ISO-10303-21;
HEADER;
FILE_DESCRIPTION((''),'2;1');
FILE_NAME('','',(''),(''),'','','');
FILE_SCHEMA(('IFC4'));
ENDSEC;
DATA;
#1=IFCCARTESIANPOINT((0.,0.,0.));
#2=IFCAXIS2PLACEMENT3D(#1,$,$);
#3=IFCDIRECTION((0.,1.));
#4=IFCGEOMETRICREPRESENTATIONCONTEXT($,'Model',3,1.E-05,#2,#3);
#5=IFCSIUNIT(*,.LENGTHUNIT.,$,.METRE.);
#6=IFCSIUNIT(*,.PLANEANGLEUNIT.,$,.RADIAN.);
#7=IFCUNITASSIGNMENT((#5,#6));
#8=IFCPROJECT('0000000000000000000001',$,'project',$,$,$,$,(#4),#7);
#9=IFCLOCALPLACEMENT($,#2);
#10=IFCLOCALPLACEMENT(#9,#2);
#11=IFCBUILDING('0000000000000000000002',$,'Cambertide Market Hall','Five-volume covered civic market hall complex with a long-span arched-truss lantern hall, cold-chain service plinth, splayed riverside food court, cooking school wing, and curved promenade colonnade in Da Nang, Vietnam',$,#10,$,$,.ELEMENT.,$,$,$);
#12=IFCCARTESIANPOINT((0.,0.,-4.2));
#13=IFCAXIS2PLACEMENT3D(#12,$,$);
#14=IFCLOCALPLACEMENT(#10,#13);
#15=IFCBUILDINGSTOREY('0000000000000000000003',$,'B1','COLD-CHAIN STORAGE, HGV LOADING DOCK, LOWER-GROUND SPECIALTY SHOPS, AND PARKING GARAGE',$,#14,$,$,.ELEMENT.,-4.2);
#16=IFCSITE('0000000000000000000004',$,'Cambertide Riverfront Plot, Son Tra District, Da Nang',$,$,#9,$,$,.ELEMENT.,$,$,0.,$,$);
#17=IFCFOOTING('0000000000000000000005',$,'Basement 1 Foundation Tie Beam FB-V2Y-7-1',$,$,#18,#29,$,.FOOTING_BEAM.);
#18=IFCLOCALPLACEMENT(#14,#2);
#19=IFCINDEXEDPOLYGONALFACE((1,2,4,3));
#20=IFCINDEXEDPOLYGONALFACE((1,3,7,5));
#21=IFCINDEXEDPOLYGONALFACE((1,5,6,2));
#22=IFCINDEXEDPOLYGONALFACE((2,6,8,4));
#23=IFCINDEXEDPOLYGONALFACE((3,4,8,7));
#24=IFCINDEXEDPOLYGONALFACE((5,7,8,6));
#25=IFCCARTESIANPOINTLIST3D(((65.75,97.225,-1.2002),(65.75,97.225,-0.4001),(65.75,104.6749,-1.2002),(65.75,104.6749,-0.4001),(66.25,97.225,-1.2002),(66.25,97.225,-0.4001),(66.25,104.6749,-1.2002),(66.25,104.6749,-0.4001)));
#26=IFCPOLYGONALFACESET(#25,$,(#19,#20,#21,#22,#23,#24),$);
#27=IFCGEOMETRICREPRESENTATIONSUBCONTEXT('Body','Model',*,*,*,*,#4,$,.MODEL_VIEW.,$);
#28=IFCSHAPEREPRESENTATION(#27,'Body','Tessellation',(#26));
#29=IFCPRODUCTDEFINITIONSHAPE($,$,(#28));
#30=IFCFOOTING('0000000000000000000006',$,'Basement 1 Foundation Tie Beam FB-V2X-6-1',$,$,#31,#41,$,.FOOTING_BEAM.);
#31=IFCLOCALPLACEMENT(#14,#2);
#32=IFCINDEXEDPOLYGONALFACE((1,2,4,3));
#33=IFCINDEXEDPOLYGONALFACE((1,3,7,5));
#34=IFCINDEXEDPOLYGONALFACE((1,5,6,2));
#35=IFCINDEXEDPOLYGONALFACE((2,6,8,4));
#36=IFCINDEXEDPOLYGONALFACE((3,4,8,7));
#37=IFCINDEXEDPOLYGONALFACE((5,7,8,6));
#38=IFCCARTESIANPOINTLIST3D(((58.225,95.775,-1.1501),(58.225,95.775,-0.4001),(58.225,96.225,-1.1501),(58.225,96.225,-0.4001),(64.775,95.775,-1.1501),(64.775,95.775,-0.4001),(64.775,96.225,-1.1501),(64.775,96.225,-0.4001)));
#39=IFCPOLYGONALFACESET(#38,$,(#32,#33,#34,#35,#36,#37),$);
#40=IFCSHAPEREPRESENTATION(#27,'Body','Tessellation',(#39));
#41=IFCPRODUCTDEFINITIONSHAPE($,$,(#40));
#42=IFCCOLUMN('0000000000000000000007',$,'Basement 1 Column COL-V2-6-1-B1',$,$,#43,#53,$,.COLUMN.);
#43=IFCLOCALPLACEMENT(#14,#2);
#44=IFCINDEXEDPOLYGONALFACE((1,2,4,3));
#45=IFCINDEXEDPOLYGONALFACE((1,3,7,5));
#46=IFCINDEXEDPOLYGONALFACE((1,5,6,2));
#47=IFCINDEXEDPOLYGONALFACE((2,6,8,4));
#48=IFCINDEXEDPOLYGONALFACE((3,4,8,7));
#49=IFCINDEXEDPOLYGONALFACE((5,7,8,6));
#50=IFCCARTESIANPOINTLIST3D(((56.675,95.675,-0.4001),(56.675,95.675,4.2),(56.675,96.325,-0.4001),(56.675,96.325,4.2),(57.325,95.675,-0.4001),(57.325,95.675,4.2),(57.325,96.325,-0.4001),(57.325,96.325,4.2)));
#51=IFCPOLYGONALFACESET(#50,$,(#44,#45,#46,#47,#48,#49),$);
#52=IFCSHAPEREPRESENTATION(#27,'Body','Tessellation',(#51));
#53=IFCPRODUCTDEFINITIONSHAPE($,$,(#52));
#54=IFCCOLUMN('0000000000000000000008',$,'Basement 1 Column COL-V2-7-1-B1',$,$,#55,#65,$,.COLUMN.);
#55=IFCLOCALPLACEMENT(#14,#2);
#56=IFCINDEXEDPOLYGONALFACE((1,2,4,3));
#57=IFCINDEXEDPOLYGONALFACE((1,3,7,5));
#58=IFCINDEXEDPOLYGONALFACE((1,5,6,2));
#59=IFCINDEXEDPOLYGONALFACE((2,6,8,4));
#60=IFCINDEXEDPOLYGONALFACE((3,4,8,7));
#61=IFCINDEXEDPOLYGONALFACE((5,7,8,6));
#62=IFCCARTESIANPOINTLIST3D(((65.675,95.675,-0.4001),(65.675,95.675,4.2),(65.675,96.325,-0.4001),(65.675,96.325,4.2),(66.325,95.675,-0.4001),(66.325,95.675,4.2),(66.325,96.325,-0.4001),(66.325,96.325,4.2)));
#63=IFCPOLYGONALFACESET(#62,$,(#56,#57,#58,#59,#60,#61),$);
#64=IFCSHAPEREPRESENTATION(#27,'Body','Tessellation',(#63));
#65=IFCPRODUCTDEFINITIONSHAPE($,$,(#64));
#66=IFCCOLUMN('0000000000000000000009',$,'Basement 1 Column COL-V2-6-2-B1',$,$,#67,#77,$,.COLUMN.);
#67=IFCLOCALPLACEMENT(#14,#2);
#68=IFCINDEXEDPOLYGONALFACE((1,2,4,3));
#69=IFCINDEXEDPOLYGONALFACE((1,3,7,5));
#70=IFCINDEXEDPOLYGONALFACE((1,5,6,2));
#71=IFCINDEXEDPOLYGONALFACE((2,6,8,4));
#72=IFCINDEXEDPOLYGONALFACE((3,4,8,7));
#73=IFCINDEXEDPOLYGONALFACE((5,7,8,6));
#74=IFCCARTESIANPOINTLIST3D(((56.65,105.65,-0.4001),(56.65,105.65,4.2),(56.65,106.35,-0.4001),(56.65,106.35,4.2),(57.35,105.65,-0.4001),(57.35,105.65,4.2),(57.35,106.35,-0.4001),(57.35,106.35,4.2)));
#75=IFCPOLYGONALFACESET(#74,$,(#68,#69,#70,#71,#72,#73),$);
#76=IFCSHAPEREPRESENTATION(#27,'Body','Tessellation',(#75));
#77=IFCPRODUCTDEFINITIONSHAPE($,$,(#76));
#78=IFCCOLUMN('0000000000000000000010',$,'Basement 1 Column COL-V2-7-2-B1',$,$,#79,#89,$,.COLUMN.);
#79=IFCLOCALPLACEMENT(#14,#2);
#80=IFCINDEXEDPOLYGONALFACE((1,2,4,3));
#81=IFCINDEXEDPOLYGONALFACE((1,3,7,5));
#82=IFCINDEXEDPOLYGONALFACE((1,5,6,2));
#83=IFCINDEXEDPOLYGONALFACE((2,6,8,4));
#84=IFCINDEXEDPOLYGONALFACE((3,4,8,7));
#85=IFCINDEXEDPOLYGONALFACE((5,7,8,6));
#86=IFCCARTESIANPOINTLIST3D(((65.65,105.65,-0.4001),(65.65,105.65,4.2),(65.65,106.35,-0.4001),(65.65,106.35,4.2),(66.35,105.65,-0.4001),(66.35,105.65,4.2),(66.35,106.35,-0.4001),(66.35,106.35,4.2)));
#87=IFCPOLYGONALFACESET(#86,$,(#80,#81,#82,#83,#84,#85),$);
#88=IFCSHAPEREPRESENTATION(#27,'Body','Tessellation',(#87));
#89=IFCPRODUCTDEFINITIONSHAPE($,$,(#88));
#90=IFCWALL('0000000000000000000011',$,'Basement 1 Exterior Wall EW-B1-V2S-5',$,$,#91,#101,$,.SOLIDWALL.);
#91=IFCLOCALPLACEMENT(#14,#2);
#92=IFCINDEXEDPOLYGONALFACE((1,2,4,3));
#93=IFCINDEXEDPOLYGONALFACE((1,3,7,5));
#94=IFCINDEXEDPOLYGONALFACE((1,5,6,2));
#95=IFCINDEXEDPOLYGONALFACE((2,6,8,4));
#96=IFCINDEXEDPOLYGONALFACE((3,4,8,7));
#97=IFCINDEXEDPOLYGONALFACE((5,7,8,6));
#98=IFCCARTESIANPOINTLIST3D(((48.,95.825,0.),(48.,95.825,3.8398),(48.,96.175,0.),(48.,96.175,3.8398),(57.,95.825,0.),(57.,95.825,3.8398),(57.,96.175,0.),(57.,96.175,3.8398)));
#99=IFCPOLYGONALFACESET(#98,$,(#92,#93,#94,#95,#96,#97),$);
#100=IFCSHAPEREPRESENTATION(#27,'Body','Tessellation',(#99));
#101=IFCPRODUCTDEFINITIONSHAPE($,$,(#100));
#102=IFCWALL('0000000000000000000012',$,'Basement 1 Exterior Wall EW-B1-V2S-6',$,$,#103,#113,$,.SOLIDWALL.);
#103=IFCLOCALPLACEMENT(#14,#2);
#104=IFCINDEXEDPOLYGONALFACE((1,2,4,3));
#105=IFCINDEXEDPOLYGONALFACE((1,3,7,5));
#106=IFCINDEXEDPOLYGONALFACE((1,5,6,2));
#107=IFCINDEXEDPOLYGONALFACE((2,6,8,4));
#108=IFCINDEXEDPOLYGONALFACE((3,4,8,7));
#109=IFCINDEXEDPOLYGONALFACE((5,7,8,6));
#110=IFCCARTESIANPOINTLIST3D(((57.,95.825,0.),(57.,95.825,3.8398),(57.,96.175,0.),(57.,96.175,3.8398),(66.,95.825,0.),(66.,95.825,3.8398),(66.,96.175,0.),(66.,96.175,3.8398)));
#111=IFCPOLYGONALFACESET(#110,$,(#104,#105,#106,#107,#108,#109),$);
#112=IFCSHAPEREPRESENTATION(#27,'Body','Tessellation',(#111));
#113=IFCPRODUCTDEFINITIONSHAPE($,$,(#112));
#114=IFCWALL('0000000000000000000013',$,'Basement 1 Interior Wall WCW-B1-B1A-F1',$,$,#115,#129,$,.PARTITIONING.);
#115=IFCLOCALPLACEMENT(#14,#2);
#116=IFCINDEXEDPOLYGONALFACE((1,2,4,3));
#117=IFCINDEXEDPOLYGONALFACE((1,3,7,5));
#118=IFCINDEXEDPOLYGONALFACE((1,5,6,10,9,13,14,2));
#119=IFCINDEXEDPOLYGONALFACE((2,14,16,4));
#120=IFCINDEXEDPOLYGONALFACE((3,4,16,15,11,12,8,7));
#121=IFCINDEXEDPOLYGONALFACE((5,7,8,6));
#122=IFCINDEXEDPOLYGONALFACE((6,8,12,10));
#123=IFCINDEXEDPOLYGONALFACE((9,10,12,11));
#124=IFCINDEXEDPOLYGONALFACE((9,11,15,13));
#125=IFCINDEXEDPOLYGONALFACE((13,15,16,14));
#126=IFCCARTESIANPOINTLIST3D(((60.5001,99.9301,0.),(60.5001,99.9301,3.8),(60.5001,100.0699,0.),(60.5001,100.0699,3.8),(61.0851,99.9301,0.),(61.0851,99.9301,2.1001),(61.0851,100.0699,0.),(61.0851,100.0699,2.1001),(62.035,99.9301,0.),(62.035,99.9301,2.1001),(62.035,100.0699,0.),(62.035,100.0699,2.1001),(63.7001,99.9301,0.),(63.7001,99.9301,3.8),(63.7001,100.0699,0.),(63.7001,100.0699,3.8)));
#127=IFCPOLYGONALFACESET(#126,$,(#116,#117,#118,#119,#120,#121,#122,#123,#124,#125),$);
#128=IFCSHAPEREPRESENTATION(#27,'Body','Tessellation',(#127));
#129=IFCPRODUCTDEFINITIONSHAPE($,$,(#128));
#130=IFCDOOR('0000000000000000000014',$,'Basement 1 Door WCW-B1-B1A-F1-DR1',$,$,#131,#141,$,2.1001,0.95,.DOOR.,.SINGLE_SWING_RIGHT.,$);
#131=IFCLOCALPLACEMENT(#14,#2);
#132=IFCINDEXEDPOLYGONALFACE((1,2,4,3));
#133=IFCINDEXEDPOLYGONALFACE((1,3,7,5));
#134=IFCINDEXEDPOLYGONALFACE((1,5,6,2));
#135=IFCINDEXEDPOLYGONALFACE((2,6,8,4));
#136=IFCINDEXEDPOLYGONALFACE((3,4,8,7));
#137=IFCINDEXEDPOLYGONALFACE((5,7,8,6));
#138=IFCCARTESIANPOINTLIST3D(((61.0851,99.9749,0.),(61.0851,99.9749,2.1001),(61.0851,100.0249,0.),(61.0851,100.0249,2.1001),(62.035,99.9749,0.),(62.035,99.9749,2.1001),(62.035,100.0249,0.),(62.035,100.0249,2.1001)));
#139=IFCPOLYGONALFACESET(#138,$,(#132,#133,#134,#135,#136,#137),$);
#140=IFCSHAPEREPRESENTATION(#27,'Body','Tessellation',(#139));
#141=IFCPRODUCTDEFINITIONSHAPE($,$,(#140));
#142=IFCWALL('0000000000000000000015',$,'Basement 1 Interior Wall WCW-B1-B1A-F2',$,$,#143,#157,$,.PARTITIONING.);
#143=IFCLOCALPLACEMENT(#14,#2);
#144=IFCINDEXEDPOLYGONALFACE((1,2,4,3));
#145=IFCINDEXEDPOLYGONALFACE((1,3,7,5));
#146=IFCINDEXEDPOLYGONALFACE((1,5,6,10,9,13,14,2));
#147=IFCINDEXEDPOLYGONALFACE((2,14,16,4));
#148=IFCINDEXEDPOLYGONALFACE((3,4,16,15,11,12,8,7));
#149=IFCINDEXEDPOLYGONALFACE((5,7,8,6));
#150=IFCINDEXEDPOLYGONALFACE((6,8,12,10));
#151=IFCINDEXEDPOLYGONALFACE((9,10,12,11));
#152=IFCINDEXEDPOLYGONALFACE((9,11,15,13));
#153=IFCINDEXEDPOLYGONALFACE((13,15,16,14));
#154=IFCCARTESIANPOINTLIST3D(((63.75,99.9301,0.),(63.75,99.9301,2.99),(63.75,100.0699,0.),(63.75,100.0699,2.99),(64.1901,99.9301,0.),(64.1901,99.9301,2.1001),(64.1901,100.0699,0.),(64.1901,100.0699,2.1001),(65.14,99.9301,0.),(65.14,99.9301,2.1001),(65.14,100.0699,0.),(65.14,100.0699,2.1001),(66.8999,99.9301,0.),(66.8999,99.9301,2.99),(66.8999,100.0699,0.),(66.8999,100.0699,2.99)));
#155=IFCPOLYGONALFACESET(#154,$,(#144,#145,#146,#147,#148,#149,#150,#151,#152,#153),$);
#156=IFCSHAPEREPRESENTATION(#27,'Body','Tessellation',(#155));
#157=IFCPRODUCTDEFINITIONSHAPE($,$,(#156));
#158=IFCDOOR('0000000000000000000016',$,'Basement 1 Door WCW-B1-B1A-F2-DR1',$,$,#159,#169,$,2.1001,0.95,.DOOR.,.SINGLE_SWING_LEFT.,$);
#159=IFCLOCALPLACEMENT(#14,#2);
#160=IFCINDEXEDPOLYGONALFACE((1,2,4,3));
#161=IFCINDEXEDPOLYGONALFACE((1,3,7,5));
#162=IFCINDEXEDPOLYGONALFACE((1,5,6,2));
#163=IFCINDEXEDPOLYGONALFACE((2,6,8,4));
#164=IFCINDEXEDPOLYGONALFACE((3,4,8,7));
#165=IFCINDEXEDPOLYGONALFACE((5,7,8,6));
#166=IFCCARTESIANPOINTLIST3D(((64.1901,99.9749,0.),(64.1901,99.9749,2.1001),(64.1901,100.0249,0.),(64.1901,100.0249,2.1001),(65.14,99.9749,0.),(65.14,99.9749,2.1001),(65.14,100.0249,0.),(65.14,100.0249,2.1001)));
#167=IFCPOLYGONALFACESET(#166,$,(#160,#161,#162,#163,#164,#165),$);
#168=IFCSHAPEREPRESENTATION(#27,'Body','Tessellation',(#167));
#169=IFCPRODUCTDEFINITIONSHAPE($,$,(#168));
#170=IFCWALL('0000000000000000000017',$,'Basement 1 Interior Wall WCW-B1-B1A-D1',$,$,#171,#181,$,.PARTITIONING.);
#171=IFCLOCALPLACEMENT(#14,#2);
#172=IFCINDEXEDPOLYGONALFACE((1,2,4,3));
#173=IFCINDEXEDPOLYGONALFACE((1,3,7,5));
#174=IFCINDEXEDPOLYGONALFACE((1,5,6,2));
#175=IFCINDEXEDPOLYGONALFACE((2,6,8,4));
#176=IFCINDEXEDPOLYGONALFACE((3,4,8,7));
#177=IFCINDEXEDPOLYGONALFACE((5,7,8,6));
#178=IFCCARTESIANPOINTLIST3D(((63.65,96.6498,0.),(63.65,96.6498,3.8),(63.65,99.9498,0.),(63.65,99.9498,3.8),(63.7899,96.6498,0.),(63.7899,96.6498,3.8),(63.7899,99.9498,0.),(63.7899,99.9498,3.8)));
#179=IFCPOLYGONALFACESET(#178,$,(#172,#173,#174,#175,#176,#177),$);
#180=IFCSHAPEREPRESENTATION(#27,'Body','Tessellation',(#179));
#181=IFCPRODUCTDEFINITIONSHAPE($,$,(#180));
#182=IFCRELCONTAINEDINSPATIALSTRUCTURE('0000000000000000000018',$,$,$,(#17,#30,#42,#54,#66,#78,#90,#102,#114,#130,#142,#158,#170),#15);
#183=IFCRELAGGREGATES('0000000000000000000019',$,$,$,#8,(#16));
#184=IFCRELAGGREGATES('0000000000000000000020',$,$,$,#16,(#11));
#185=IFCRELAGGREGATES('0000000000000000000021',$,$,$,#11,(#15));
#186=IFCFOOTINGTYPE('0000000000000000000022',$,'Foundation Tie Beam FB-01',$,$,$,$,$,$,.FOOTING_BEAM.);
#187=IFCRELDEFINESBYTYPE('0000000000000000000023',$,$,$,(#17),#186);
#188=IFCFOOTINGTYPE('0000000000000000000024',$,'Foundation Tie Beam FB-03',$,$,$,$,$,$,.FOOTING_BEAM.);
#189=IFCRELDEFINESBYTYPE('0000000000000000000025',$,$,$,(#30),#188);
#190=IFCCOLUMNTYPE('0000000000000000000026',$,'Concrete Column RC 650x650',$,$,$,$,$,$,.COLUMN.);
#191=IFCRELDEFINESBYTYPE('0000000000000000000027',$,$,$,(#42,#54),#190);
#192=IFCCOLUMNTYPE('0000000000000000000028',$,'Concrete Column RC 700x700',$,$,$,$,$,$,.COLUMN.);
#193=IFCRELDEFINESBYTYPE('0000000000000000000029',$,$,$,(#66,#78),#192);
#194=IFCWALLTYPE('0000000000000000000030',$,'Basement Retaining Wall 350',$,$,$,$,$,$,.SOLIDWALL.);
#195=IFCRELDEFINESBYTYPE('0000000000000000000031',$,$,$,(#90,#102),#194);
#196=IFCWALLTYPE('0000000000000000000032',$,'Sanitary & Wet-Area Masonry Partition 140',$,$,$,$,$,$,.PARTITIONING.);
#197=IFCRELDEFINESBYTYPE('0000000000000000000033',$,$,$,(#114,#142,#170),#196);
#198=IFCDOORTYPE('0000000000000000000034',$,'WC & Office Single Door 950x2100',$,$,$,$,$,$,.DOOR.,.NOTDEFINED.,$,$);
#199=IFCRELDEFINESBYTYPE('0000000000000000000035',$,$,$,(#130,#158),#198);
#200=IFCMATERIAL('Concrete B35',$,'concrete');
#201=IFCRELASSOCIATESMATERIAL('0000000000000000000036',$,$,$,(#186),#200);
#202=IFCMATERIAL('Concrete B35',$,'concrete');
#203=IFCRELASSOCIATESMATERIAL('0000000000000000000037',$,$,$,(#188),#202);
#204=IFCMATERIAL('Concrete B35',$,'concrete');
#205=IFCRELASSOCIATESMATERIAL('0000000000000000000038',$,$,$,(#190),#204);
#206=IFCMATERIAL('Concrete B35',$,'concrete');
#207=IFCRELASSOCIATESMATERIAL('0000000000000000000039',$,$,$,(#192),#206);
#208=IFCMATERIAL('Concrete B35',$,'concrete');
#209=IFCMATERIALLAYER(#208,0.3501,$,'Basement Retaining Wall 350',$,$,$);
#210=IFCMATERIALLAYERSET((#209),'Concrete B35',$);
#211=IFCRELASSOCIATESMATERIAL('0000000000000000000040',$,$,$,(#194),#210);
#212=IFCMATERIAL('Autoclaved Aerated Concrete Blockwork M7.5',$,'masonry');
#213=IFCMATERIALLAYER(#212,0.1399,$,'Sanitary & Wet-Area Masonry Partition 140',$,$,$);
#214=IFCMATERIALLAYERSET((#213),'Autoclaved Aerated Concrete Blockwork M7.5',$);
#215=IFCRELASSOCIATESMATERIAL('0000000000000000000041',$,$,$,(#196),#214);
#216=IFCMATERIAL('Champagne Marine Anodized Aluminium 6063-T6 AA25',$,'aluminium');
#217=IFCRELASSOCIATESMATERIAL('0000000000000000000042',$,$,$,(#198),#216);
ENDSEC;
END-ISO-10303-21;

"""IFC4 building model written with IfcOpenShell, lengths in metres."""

from ifc_helpers import new_model, si_unit, direction, frame, frame_2d, origin, origin_2d, place, context, subcontext, project, spatial, rectangle, extrude, material, layer, layer_set, material_profile, profile_set, type_object, element, fill, save


model = new_model("IFC4")

# Units and contexts
model_context = context("Model", 3, precision=1e-05, world=origin(), true_north=direction((0.0, 1.0)))
body_context = subcontext(model_context, "Body", "Model", "MODEL_VIEW")
ifc_project = project(units=[si_unit("LENGTHUNIT", "METRE"), si_unit("PLANEANGLEUNIT", "RADIAN")], contexts=[model_context])

# Site, building, storey
site_placement = place(None, origin())
site = spatial("IfcSite", under=ifc_project, at=site_placement, Name="Cambertide Riverfront Plot, Son Tra District, Da Nang", CompositionType="ELEMENT", RefElevation=0.0)
building_placement = place(site_placement, origin())
building = spatial("IfcBuilding", under=site, at=building_placement, Name="Cambertide Market Hall", Description="Five-volume covered civic market hall complex with a long-span arched-truss lantern hall, cold-chain service plinth, splayed riverside food court, cooking school wing, and curved promenade colonnade in Da Nang, Vietnam", CompositionType="ELEMENT")
storey_placement = place(building_placement, frame((0.0, 0.0, -4.2)))
storey = spatial("IfcBuildingStorey", under=building, at=storey_placement, Name="B1", Description="COLD-CHAIN STORAGE, HGV LOADING DOCK, LOWER-GROUND SPECIALTY SHOPS, AND PARKING GARAGE", CompositionType="ELEMENT", Elevation=-4.2)

# Footings
ifc_material_1 = material(Name="Concrete B35", Category="concrete")
footing_type_1 = type_object("IfcFootingType", Name="Foundation Tie Beam FB-01", PredefinedType="FOOTING_BEAM", material=ifc_material_1)
for number, where, z_axis, x_axis, name in (
    (1, (66.0, 100.95, -1.2002), (0.0, 0.0, 1.0), (0.0, 1.0, 0.0), "Basement 1 Foundation Tie Beam FB-V2Y-7-1"),
):
    element("IfcFooting", number, at=place(storey_placement, frame(where, z_axis=z_axis, x_axis=x_axis)), inside=storey, type_object=footing_type_1, Name=name, PredefinedType="FOOTING_BEAM", context=body_context, shape_type="SweptSolid", body=[
        extrude(rectangle(XDim=7.45, YDim=0.5, at=origin_2d()), origin(), (0.0, 0.0, 1.0), 0.8),
    ])
ifc_material_2 = material(Name="Concrete B35", Category="concrete")
footing_type_2 = type_object("IfcFootingType", Name="Foundation Tie Beam FB-03", PredefinedType="FOOTING_BEAM", material=ifc_material_2)
footing_1_placement = place(storey_placement, frame((61.5, 96.0, -1.1501), z_axis=(0.0, 0.0, 1.0), x_axis=(1.0, 0.0, 0.0)))
element("IfcFooting", 2, at=footing_1_placement, inside=storey, type_object=footing_type_2, Name="Basement 1 Foundation Tie Beam FB-V2X-6-1", PredefinedType="FOOTING_BEAM", context=body_context, shape_type="SweptSolid", body=[
    extrude(rectangle(XDim=6.55, YDim=0.45, at=origin_2d()), origin(), (0.0, 0.0, 1.0), 0.75),
])

# Columns
ifc_material_3 = material(Name="Concrete B35", Category="concrete")
ifc_material_profile_1 = material_profile(ifc_material_3, rectangle(XDim=0.6499, YDim=0.6499, at=origin_2d()), Name="RC 650x650")
ifc_profile_set_1 = profile_set([ifc_material_profile_1], Name="Concrete B35")
column_type_1 = type_object("IfcColumnType", Name="Concrete Column RC 650x650", PredefinedType="COLUMN", material=ifc_profile_set_1)
for number, where, z_axis, x_axis, name in (
    (3, (57.0, 96.0, -0.4001), (0.0, 0.0, 1.0), (1.0, 0.0, 0.0), "Basement 1 Column COL-V2-6-1-B1"),
    (4, (66.0, 96.0, -0.4001), (0.0, 0.0, 1.0), (1.0, 0.0, 0.0), "Basement 1 Column COL-V2-7-1-B1"),
):
    element("IfcColumn", number, at=place(storey_placement, frame(where, z_axis=z_axis, x_axis=x_axis)), inside=storey, type_object=column_type_1, Name=name, PredefinedType="COLUMN", context=body_context, shape_type="SweptSolid", body=[
        extrude(rectangle(XDim=0.6499, YDim=0.6499, at=origin_2d()), origin(), (0.0, 0.0, 1.0), 4.6001),
    ])
ifc_material_4 = material(Name="Concrete B35", Category="concrete")
ifc_material_profile_2 = material_profile(ifc_material_4, rectangle(XDim=0.7, YDim=0.7, at=origin_2d()), Name="RC 700x700")
ifc_profile_set_2 = profile_set([ifc_material_profile_2], Name="Concrete B35")
column_type_2 = type_object("IfcColumnType", Name="Concrete Column RC 700x700", PredefinedType="COLUMN", material=ifc_profile_set_2)
for number, where, z_axis, x_axis, name in (
    (5, (57.0, 106.0, -0.4001), (0.0, 0.0, 1.0), (1.0, 0.0, 0.0), "Basement 1 Column COL-V2-6-2-B1"),
    (6, (66.0, 106.0, -0.4001), (0.0, 0.0, 1.0), (1.0, 0.0, 0.0), "Basement 1 Column COL-V2-7-2-B1"),
):
    element("IfcColumn", number, at=place(storey_placement, frame(where, z_axis=z_axis, x_axis=x_axis)), inside=storey, type_object=column_type_2, Name=name, PredefinedType="COLUMN", context=body_context, shape_type="SweptSolid", body=[
        extrude(rectangle(XDim=0.7, YDim=0.7, at=origin_2d()), origin(), (0.0, 0.0, 1.0), 4.6001),
    ])

# Walls
ifc_material_5 = material(Name="Concrete B35", Category="concrete")
ifc_layer_1 = layer(ifc_material_5, 0.3501, Name="Basement Retaining Wall 350")
ifc_layer_set_1 = layer_set([ifc_layer_1], Name="Concrete B35")
wall_type_1 = type_object("IfcWallType", Name="Basement Retaining Wall 350", PredefinedType="SOLIDWALL", material=ifc_layer_set_1)
for number, where, z_axis, x_axis, name in (
    (7, (57.0, 96.0, 0.0), (0.0, 0.0, 1.0), (-1.0, 0.0, 0.0), "Basement 1 Exterior Wall EW-B1-V2S-5"),
    (8, (66.0, 96.0, 0.0), (0.0, 0.0, 1.0), (-1.0, 0.0, 0.0), "Basement 1 Exterior Wall EW-B1-V2S-6"),
):
    element("IfcWall", number, at=place(storey_placement, frame(where, z_axis=z_axis, x_axis=x_axis)), inside=storey, type_object=wall_type_1, Name=name, PredefinedType="SOLIDWALL", context=body_context, shape_type="SweptSolid", body=[
        extrude(rectangle(XDim=9.0, YDim=0.3501, at=frame_2d((4.5, 0.0))), origin(), (0.0, 0.0, 1.0), 3.8398),
    ])

# Walls, openings, doors
ifc_material_6 = material(Name="Autoclaved Aerated Concrete Blockwork M7.5", Category="masonry")
ifc_layer_2 = layer(ifc_material_6, 0.1399, Name="Sanitary & Wet-Area Masonry Partition 140")
ifc_layer_set_2 = layer_set([ifc_layer_2], Name="Autoclaved Aerated Concrete Blockwork M7.5")
wall_type_2 = type_object("IfcWallType", Name="Sanitary & Wet-Area Masonry Partition 140", PredefinedType="PARTITIONING", material=ifc_layer_set_2)
wall_1_placement = place(storey_placement, frame((60.5, 100.0, 0.0), z_axis=(0.0, 0.0, 1.0), x_axis=(1.0, 0.0, 0.0)))
wall_1 = element("IfcWall", 9, at=wall_1_placement, inside=storey, type_object=wall_type_2, Name="Basement 1 Interior Wall WCW-B1-B1A-F1", PredefinedType="PARTITIONING", context=body_context, shape_type="SweptSolid", body=[
    extrude(rectangle(XDim=3.2, YDim=0.1399, at=frame_2d((1.6001, 0.0))), origin(), (0.0, 0.0, 1.0), 3.8),
])
opening_1_placement = place(wall_1_placement, frame((0.585, 0.0, 0.0)))
opening_1 = element("IfcOpeningElement", 10, at=opening_1_placement, cuts=wall_1, PredefinedType="OPENING", context=body_context, shape_type="SweptSolid", body=[
    extrude(rectangle(XDim=0.95, YDim=2.1001, at=frame_2d((0.4751, 1.05))), frame((0.0, 0.0798, 0.0), z_axis=(0.0, -1.0, 0.0), x_axis=(1.0, 0.0, 0.0)), (0.0, 0.0, 1.0), 0.1599),
])
ifc_material_7 = material(Name="Champagne Marine Anodized Aluminium 6063-T6 AA25", Category="aluminium")
door_type = type_object("IfcDoorType", Name="WC & Office Single Door 950x2100", OperationType="NOTDEFINED", PredefinedType="DOOR", material=ifc_material_7)
door_1_placement = place(opening_1_placement, origin())
door_1 = element("IfcDoor", 11, at=door_1_placement, inside=storey, type_object=door_type, Name="Basement 1 Door WCW-B1-B1A-F1-DR1", OperationType="SINGLE_SWING_RIGHT", OverallHeight=2.1001, OverallWidth=0.95, PredefinedType="DOOR", context=body_context, shape_type="SweptSolid", body=[
    extrude(rectangle(XDim=0.95, YDim=2.1001, at=frame_2d((0.4751, 1.05))), frame((0.0, 0.0249, 0.0), z_axis=(0.0, -1.0, 0.0), x_axis=(1.0, 0.0, 0.0)), (0.0, 0.0, 1.0), 0.05),
])
fill(opening_1, door_1)
wall_2_placement = place(storey_placement, frame((63.75, 100.0, 0.0), z_axis=(0.0, 0.0, 1.0), x_axis=(1.0, 0.0, 0.0)))
wall_2 = element("IfcWall", 12, at=wall_2_placement, inside=storey, type_object=wall_type_2, Name="Basement 1 Interior Wall WCW-B1-B1A-F2", PredefinedType="PARTITIONING", context=body_context, shape_type="SweptSolid", body=[
    extrude(rectangle(XDim=3.1499, YDim=0.1399, at=frame_2d((1.575, 0.0))), origin(), (0.0, 0.0, 1.0), 2.99),
])
opening_2_placement = place(wall_2_placement, frame((0.4399, 0.0, 0.0)))
opening_2 = element("IfcOpeningElement", 13, at=opening_2_placement, cuts=wall_2, PredefinedType="OPENING", context=body_context, shape_type="SweptSolid", body=[
    extrude(rectangle(XDim=0.95, YDim=2.1001, at=frame_2d((0.4751, 1.05))), frame((0.0, 0.0798, 0.0), z_axis=(0.0, -1.0, 0.0), x_axis=(1.0, 0.0, 0.0)), (0.0, 0.0, 1.0), 0.1599),
])
door_2_placement = place(opening_2_placement, origin())
door_2 = element("IfcDoor", 14, at=door_2_placement, inside=storey, type_object=door_type, Name="Basement 1 Door WCW-B1-B1A-F2-DR1", OperationType="SINGLE_SWING_LEFT", OverallHeight=2.1001, OverallWidth=0.95, PredefinedType="DOOR", context=body_context, shape_type="SweptSolid", body=[
    extrude(rectangle(XDim=0.95, YDim=2.1001, at=frame_2d((0.4751, 1.05))), frame((0.0, 0.0249, 0.0), z_axis=(0.0, -1.0, 0.0), x_axis=(1.0, 0.0, 0.0)), (0.0, 0.0, 1.0), 0.05),
])
fill(opening_2, door_2)

# Wall
for number, where, z_axis, x_axis, name in (
    (15, (63.72, 96.6499, 0.0), (0.0, 0.0, 1.0), (0.0, 1.0, 0.0), "Basement 1 Interior Wall WCW-B1-B1A-D1"),
):
    element("IfcWall", number, at=place(storey_placement, frame(where, z_axis=z_axis, x_axis=x_axis)), inside=storey, type_object=wall_type_2, Name=name, PredefinedType="PARTITIONING", context=body_context, shape_type="SweptSolid", body=[
        extrude(rectangle(XDim=3.3, YDim=0.1399, at=frame_2d((1.6499, 0.0))), origin(), (0.0, 0.0, 1.0), 3.8),
    ])

save(model, "model.ifc")
